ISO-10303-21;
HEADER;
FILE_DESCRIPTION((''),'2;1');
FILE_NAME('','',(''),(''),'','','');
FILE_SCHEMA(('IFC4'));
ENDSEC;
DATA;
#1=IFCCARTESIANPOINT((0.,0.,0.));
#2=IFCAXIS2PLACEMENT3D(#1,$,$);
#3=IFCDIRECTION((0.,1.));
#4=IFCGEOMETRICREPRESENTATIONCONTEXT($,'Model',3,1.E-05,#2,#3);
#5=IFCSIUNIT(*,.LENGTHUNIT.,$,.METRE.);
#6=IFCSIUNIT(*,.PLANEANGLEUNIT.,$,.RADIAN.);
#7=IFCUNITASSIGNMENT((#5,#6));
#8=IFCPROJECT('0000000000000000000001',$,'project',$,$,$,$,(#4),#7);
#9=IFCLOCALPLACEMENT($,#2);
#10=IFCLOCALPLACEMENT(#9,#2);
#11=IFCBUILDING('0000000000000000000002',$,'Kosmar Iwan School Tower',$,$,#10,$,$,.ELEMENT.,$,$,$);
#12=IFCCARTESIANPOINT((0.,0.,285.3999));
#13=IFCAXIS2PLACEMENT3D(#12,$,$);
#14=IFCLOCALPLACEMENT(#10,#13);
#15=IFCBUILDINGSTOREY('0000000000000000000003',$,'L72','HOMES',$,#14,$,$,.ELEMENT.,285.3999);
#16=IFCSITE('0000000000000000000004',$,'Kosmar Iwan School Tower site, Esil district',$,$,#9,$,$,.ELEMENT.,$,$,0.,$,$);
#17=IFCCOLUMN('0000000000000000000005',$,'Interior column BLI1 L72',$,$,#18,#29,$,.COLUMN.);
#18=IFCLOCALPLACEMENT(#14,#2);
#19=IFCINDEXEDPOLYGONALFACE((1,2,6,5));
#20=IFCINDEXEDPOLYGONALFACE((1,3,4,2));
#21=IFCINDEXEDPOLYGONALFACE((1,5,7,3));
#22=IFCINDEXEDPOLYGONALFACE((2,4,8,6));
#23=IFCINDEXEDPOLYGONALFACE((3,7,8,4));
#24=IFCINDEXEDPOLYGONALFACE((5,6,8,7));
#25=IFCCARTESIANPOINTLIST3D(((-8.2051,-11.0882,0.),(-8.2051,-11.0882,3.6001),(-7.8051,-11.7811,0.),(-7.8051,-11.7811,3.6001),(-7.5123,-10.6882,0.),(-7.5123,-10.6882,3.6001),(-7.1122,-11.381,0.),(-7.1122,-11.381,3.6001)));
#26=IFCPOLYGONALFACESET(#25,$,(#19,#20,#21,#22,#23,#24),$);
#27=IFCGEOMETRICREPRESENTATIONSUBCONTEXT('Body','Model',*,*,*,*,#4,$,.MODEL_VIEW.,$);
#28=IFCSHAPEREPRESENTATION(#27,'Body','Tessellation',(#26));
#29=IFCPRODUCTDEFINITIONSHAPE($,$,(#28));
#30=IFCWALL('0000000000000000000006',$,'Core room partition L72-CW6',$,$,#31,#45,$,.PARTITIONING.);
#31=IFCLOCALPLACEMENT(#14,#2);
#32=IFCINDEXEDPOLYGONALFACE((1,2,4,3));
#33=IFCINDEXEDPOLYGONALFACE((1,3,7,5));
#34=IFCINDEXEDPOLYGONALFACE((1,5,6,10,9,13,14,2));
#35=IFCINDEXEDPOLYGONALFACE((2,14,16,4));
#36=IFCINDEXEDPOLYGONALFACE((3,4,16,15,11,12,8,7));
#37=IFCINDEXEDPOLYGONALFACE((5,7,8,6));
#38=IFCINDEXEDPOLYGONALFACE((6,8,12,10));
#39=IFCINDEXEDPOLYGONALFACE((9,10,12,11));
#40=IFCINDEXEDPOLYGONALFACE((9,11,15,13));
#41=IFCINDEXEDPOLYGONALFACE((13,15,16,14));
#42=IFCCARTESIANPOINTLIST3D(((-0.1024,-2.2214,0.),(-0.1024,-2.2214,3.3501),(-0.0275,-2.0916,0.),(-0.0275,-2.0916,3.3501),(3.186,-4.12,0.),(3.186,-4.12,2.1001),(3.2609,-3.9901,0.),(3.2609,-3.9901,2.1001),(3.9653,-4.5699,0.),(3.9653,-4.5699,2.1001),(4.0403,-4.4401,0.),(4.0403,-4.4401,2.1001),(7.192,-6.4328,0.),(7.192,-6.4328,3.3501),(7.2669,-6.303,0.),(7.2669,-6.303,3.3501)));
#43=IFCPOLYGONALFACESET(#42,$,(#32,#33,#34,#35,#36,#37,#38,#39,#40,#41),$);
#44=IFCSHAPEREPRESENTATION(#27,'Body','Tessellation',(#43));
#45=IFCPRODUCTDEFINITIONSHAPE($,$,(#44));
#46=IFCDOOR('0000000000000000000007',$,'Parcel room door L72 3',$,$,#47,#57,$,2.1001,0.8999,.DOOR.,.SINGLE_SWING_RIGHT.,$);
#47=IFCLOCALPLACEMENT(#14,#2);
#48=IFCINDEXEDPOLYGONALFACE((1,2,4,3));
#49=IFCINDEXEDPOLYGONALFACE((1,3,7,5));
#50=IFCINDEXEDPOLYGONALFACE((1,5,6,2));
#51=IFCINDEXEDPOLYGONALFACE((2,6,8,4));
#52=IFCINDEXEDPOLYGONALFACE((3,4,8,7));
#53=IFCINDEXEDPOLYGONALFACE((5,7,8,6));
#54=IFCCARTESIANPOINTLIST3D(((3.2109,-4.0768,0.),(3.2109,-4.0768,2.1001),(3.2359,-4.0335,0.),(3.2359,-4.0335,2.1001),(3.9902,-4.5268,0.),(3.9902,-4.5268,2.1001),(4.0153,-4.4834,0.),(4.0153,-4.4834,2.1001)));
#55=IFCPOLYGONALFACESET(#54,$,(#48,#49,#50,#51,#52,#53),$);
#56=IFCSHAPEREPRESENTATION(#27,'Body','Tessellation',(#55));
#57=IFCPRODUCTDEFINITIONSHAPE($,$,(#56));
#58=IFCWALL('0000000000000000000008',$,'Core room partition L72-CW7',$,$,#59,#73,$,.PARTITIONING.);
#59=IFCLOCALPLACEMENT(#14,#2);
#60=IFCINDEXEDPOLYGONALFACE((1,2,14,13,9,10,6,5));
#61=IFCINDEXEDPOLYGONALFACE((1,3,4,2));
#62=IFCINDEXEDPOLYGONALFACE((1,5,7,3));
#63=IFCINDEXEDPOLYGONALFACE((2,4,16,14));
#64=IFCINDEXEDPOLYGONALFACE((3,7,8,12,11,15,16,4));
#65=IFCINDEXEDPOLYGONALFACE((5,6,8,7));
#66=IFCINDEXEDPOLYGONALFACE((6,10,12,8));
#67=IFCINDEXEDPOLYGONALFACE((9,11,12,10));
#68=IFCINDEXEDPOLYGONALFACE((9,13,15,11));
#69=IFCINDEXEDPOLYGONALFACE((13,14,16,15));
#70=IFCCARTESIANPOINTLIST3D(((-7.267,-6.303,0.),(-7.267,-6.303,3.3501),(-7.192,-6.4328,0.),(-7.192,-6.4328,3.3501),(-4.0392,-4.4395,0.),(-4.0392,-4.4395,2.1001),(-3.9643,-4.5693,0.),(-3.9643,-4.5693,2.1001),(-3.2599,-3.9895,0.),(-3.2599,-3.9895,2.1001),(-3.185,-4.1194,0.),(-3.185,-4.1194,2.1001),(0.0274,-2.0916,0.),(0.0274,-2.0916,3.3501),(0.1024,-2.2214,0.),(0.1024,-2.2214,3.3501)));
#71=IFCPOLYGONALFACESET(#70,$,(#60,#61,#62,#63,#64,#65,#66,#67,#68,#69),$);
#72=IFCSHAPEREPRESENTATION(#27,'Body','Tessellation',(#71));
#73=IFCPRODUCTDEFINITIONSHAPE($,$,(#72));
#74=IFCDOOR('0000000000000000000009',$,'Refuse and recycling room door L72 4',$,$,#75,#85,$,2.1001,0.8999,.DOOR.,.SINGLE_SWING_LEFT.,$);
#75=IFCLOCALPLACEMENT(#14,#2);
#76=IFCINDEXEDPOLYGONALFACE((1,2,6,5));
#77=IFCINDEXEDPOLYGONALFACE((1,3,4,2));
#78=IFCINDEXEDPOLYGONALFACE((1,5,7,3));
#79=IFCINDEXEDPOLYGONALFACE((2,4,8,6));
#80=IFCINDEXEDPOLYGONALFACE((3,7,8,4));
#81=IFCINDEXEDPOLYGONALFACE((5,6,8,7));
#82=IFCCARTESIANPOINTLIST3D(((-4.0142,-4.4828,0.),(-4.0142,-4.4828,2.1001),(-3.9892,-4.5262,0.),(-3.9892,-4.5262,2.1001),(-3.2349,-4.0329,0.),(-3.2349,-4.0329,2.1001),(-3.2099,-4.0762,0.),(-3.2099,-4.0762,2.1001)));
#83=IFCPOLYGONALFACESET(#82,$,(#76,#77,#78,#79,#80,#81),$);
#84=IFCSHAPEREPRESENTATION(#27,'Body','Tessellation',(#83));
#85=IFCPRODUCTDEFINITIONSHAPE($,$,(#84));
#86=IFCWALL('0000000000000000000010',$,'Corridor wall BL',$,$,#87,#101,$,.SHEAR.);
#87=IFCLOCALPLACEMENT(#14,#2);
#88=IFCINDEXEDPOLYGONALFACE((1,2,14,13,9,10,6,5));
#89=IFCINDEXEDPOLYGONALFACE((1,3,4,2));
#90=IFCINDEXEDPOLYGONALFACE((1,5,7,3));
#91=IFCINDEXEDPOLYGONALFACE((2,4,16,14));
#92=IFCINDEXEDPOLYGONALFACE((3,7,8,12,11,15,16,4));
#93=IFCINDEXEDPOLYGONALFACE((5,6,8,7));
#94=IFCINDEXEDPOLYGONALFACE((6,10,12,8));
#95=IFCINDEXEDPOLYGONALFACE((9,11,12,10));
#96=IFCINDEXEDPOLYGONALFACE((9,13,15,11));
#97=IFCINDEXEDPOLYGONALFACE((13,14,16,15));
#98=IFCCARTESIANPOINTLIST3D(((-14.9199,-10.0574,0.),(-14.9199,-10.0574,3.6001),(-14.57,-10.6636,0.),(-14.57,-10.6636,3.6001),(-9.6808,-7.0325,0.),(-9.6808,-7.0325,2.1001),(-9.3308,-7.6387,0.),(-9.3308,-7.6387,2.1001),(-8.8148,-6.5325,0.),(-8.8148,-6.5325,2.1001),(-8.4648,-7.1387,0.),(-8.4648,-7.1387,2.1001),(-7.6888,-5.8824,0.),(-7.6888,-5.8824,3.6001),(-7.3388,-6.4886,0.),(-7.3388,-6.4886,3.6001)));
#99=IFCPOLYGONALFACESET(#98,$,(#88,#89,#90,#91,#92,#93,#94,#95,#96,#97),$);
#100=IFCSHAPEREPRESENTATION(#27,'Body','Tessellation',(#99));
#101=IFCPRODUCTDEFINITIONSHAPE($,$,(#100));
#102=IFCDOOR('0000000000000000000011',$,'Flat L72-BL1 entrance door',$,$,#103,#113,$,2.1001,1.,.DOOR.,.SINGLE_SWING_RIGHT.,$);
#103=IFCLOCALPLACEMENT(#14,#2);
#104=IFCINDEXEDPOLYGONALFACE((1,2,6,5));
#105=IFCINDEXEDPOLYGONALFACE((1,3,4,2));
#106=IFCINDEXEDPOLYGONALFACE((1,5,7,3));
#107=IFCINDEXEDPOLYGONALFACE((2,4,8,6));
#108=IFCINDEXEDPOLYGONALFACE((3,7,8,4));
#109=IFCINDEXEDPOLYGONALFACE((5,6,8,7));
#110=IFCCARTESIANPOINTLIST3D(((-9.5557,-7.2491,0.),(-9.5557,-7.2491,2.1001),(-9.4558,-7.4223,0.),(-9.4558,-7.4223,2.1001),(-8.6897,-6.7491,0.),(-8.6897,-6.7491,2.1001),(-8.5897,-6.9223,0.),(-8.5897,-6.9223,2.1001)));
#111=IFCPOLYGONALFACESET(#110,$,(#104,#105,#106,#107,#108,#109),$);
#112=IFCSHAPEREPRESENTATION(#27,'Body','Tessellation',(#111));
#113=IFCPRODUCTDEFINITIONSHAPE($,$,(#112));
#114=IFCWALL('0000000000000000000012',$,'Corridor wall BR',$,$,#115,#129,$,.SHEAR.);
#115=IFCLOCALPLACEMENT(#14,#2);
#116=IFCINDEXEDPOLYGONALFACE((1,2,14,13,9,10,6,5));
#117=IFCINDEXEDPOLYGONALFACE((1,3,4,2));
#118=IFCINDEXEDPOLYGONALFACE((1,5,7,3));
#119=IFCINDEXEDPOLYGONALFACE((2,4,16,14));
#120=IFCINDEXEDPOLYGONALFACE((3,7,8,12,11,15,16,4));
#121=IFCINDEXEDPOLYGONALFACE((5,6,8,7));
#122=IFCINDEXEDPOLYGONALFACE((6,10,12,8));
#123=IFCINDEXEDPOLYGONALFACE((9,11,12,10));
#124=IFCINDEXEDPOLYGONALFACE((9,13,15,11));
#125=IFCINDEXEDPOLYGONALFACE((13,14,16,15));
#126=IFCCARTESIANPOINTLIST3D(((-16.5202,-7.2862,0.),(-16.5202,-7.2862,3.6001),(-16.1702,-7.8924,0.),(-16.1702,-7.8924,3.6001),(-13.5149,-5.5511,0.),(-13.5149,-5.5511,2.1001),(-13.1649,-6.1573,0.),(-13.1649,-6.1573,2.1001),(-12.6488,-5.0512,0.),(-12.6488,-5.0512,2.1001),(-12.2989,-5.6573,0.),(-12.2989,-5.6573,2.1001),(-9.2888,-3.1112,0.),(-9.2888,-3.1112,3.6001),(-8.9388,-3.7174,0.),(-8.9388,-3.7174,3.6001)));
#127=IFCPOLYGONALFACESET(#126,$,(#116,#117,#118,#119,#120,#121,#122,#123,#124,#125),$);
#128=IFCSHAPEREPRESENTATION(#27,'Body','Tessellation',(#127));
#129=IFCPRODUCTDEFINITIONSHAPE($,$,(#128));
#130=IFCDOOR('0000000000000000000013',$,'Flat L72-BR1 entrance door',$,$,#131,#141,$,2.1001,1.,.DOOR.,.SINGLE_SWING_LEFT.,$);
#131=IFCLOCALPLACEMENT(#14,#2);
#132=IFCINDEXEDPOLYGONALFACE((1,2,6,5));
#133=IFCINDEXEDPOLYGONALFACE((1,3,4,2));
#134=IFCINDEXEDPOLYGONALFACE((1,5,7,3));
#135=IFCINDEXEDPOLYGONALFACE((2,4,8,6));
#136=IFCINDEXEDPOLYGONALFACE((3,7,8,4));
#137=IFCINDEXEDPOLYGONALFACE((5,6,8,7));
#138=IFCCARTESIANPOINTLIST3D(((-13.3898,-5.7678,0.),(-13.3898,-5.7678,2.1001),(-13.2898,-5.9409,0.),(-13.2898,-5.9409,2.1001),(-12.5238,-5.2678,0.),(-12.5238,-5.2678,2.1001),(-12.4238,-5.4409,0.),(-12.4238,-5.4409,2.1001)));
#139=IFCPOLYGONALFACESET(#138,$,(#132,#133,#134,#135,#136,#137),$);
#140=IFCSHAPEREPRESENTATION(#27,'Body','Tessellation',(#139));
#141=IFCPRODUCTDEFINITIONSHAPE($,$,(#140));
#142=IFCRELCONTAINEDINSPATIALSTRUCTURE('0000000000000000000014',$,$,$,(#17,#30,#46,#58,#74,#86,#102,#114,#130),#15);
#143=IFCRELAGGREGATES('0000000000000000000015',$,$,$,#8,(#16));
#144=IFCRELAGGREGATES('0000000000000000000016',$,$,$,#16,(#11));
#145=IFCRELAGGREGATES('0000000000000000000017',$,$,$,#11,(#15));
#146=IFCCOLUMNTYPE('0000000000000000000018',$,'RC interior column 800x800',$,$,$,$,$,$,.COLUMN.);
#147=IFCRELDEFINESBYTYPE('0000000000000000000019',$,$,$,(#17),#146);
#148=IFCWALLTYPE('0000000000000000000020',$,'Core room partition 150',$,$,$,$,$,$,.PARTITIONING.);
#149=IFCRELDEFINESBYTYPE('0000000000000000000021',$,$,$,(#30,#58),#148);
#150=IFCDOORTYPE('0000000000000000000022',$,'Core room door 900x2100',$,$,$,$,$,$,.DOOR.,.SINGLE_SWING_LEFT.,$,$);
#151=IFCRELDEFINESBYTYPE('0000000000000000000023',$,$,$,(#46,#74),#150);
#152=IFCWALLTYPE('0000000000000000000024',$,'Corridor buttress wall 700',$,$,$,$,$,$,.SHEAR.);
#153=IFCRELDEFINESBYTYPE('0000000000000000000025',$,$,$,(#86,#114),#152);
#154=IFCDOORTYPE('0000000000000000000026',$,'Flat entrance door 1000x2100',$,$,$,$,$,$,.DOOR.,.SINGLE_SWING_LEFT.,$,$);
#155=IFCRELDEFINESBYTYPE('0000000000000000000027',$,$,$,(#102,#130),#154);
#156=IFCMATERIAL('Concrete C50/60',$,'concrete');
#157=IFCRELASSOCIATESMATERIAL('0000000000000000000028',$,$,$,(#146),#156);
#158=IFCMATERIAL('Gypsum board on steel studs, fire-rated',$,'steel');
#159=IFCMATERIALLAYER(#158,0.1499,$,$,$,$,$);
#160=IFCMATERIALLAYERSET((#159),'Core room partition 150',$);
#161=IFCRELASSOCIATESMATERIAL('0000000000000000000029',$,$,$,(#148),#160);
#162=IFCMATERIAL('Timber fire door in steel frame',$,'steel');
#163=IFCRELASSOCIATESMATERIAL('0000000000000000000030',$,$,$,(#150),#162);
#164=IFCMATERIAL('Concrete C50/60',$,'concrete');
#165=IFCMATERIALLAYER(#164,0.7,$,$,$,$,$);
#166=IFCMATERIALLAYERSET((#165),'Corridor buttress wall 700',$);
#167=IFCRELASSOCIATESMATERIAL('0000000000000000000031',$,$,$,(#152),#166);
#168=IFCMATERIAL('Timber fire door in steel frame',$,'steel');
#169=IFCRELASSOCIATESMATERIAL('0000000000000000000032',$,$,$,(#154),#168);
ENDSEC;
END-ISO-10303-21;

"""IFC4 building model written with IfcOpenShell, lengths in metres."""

from ifc_helpers import new_model, si_unit, direction, frame, frame_2d, origin, origin_2d, place, context, subcontext, project, spatial, rectangle, extrude, material, layer, layer_set, material_profile, profile_set, type_object, element, fill, save


model = new_model("IFC4")

# Units and contexts
model_context = context("Model", 3, precision=1e-05, world=origin(), true_north=direction((0.0, 1.0)))
body_context = subcontext(model_context, "Body", "Model", "MODEL_VIEW")
ifc_project = project(units=[si_unit("LENGTHUNIT", "METRE"), si_unit("PLANEANGLEUNIT", "RADIAN")], contexts=[model_context])

# Site, building, storey
site_placement = place(None, origin())
site = spatial("IfcSite", under=ifc_project, at=site_placement, Name="Kosmar Iwan School Tower site, Esil district", CompositionType="ELEMENT", RefElevation=0.0)
building_placement = place(site_placement, origin())
building = spatial("IfcBuilding", under=site, at=building_placement, Name="Kosmar Iwan School Tower", CompositionType="ELEMENT")
storey_placement = place(building_placement, frame((0.0, 0.0, 285.3999)))
storey = spatial("IfcBuildingStorey", under=building, at=storey_placement, Name="L72", Description="HOMES", CompositionType="ELEMENT", Elevation=285.3999)

# Column
ifc_material_1 = material(Name="Concrete C50/60", Category="concrete")
ifc_material_profile = material_profile(ifc_material_1, rectangle(XDim=0.8, YDim=0.8, at=origin_2d()), Name="RC 800x800")
ifc_profile_set = profile_set([ifc_material_profile], Name="Concrete C50/60")
column_type = type_object("IfcColumnType", Name="RC interior column 800x800", PredefinedType="COLUMN", material=ifc_profile_set)
column_placement = place(storey_placement, frame((-7.6587, -11.2346, 0.0), z_axis=(0.0, 0.0, 1.0), x_axis=(-0.866025, -0.5, 0.0)))
element("IfcColumn", 1, at=column_placement, inside=storey, type_object=column_type, Name="Interior column BLI1 L72", PredefinedType="COLUMN", context=body_context, shape_type="SweptSolid", body=[
    extrude(rectangle(XDim=0.8, YDim=0.8, at=origin_2d()), origin(), (0.0, 0.0, 1.0), 3.6001),
])

# Walls, openings, doors
ifc_material_2 = material(Name="Gypsum board on steel studs, fire-rated", Category="steel")
ifc_layer_1 = layer(ifc_material_2, 0.1499)
ifc_layer_set_1 = layer_set([ifc_layer_1], Name="Core room partition 150")
wall_type_1 = type_object("IfcWallType", Name="Core room partition 150", PredefinedType="PARTITIONING", material=ifc_layer_set_1)
wall_1_placement = place(storey_placement, frame((-0.0649, -2.1565, 0.0), z_axis=(0.0, 0.0, 1.0), x_axis=(0.866026, -0.499998, 0.0)))
wall_1 = element("IfcWall", 2, at=wall_1_placement, inside=storey, type_object=wall_type_1, Name="Core room partition L72-CW6", PredefinedType="PARTITIONING", context=body_context, shape_type="SweptSolid", body=[
    extrude(rectangle(XDim=8.4229, YDim=0.1499, at=frame_2d((4.2114, 0.0))), origin(), (0.0, 0.0, 1.0), 3.3501),
])
opening_1_placement = place(wall_1_placement, frame((3.7971, 0.0, 0.0)))
opening_1 = element("IfcOpeningElement", 3, at=opening_1_placement, cuts=wall_1, PredefinedType="OPENING", context=body_context, shape_type="SweptSolid", body=[
    extrude(rectangle(XDim=0.8999, YDim=2.1001, at=frame_2d((0.45, 1.05))), frame((0.0, 0.0869, 0.0), z_axis=(0.0, -1.0, 0.0), x_axis=(1.0, 0.0, 0.0)), (0.0, 0.0, 1.0), 0.1738),
])
ifc_material_3 = material(Name="Timber fire door in steel frame", Category="steel")
door_type_1 = type_object("IfcDoorType", Name="Core room door 900x2100", OperationType="SINGLE_SWING_LEFT", PredefinedType="DOOR", material=ifc_material_3)
door_1_placement = place(opening_1_placement, origin())
door_1 = element("IfcDoor", 4, at=door_1_placement, inside=storey, type_object=door_type_1, Name="Parcel room door L72 3", OperationType="SINGLE_SWING_RIGHT", OverallHeight=2.1001, OverallWidth=0.8999, PredefinedType="DOOR", context=body_context, shape_type="SweptSolid", body=[
    extrude(rectangle(XDim=0.8999, YDim=2.1001, at=frame_2d((0.45, 1.05))), frame((0.0, 0.0249, 0.0), z_axis=(0.0, -1.0, 0.0), x_axis=(1.0, 0.0, 0.0)), (0.0, 0.0, 1.0), 0.05),
])
fill(opening_1, door_1)
wall_2_placement = place(storey_placement, frame((-7.2295, -6.3679, 0.0), z_axis=(0.0, 0.0, 1.0), x_axis=(0.866026, 0.499998, 0.0)))
wall_2 = element("IfcWall", 5, at=wall_2_placement, inside=storey, type_object=wall_type_1, Name="Core room partition L72-CW7", PredefinedType="PARTITIONING", context=body_context, shape_type="SweptSolid", body=[
    extrude(rectangle(XDim=8.4229, YDim=0.1499, at=frame_2d((4.2114, 0.0))), origin(), (0.0, 0.0, 1.0), 3.3501),
])
opening_2_placement = place(wall_2_placement, frame((3.7271, 0.0, 0.0)))
opening_2 = element("IfcOpeningElement", 6, at=opening_2_placement, cuts=wall_2, PredefinedType="OPENING", context=body_context, shape_type="SweptSolid", body=[
    extrude(rectangle(XDim=0.8999, YDim=2.1001, at=frame_2d((0.45, 1.05))), frame((0.0, 0.0869, 0.0), z_axis=(0.0, -1.0, 0.0), x_axis=(1.0, 0.0, 0.0)), (0.0, 0.0, 1.0), 0.1738),
])
door_2_placement = place(opening_2_placement, origin())
door_2 = element("IfcDoor", 7, at=door_2_placement, inside=storey, type_object=door_type_1, Name="Refuse and recycling room door L72 4", OperationType="SINGLE_SWING_LEFT", OverallHeight=2.1001, OverallWidth=0.8999, PredefinedType="DOOR", context=body_context, shape_type="SweptSolid", body=[
    extrude(rectangle(XDim=0.8999, YDim=2.1001, at=frame_2d((0.45, 1.05))), frame((0.0, 0.0249, 0.0), z_axis=(0.0, -1.0, 0.0), x_axis=(1.0, 0.0, 0.0)), (0.0, 0.0, 1.0), 0.05),
])
fill(opening_2, door_2)
ifc_material_4 = material(Name="Concrete C50/60", Category="concrete")
ifc_layer_2 = layer(ifc_material_4, 0.7)
ifc_layer_set_2 = layer_set([ifc_layer_2], Name="Corridor buttress wall 700")
wall_type_2 = type_object("IfcWallType", Name="Corridor buttress wall 700", PredefinedType="SHEAR", material=ifc_layer_set_2)
wall_3_placement = place(storey_placement, frame((-7.5139, -6.1855, 0.0), z_axis=(0.0, 0.0, 1.0), x_axis=(-0.86602, -0.50001, 0.0)))
wall_3 = element("IfcWall", 8, at=wall_3_placement, inside=storey, type_object=wall_type_2, Name="Corridor wall BL", PredefinedType="SHEAR", context=body_context, shape_type="SweptSolid", body=[
    extrude(rectangle(XDim=8.3499, YDim=0.7, at=frame_2d((4.1748, 0.0))), origin(), (0.0, 0.0, 1.0), 3.6001),
])
opening_3_placement = place(wall_3_placement, frame((1.3, 0.0, 0.0)))
opening_3 = element("IfcOpeningElement", 9, at=opening_3_placement, cuts=wall_3, PredefinedType="OPENING", context=body_context, shape_type="SweptSolid", body=[
    extrude(rectangle(XDim=1.0, YDim=2.1001, at=frame_2d((0.5, 1.05))), frame((0.0, 0.3621, 0.0), z_axis=(0.0, -1.0, 0.0), x_axis=(1.0, 0.0, 0.0)), (0.0, 0.0, 1.0), 0.7239),
])
ifc_material_5 = material(Name="Timber fire door in steel frame", Category="steel")
door_type_2 = type_object("IfcDoorType", Name="Flat entrance door 1000x2100", OperationType="SINGLE_SWING_LEFT", PredefinedType="DOOR", material=ifc_material_5)
door_3_placement = place(opening_3_placement, origin())
door_3 = element("IfcDoor", 10, at=door_3_placement, inside=storey, type_object=door_type_2, Name="Flat L72-BL1 entrance door", OperationType="SINGLE_SWING_RIGHT", OverallHeight=2.1001, OverallWidth=1.0, PredefinedType="DOOR", context=body_context, shape_type="SweptSolid", body=[
    extrude(rectangle(XDim=1.0, YDim=2.1001, at=frame_2d((0.5, 1.05))), frame((0.0, 0.1001, 0.0), z_axis=(0.0, -1.0, 0.0), x_axis=(1.0, 0.0, 0.0)), (0.0, 0.0, 1.0), 0.2),
])
fill(opening_3, door_3)
wall_4_placement = place(storey_placement, frame((-9.1138, -3.4143, 0.0), z_axis=(0.0, 0.0, 1.0), x_axis=(-0.866027, -0.499997, 0.0)))
wall_4 = element("IfcWall", 11, at=wall_4_placement, inside=storey, type_object=wall_type_2, Name="Corridor wall BR", PredefinedType="SHEAR", context=body_context, shape_type="SweptSolid", body=[
    extrude(rectangle(XDim=8.3501, YDim=0.7, at=frame_2d((4.175, 0.0))), origin(), (0.0, 0.0, 1.0), 3.6001),
])
opening_4_placement = place(wall_4_placement, frame((3.8799, 0.0, 0.0)))
opening_4 = element("IfcOpeningElement", 12, at=opening_4_placement, cuts=wall_4, PredefinedType="OPENING", context=body_context, shape_type="SweptSolid", body=[
    extrude(rectangle(XDim=1.0, YDim=2.1001, at=frame_2d((0.5, 1.05))), frame((0.0, 0.3621, 0.0), z_axis=(0.0, -1.0, 0.0), x_axis=(1.0, 0.0, 0.0)), (0.0, 0.0, 1.0), 0.7239),
])
door_4_placement = place(opening_4_placement, origin())
door_4 = element("IfcDoor", 13, at=door_4_placement, inside=storey, type_object=door_type_2, Name="Flat L72-BR1 entrance door", OperationType="SINGLE_SWING_LEFT", OverallHeight=2.1001, OverallWidth=1.0, PredefinedType="DOOR", context=body_context, shape_type="SweptSolid", body=[
    extrude(rectangle(XDim=1.0, YDim=2.1001, at=frame_2d((0.5, 1.05))), frame((0.0, 0.1001, 0.0), z_axis=(0.0, -1.0, 0.0), x_axis=(1.0, 0.0, 0.0)), (0.0, 0.0, 1.0), 0.2),
])
fill(opening_4, door_4)

save(model, "model.ifc")
